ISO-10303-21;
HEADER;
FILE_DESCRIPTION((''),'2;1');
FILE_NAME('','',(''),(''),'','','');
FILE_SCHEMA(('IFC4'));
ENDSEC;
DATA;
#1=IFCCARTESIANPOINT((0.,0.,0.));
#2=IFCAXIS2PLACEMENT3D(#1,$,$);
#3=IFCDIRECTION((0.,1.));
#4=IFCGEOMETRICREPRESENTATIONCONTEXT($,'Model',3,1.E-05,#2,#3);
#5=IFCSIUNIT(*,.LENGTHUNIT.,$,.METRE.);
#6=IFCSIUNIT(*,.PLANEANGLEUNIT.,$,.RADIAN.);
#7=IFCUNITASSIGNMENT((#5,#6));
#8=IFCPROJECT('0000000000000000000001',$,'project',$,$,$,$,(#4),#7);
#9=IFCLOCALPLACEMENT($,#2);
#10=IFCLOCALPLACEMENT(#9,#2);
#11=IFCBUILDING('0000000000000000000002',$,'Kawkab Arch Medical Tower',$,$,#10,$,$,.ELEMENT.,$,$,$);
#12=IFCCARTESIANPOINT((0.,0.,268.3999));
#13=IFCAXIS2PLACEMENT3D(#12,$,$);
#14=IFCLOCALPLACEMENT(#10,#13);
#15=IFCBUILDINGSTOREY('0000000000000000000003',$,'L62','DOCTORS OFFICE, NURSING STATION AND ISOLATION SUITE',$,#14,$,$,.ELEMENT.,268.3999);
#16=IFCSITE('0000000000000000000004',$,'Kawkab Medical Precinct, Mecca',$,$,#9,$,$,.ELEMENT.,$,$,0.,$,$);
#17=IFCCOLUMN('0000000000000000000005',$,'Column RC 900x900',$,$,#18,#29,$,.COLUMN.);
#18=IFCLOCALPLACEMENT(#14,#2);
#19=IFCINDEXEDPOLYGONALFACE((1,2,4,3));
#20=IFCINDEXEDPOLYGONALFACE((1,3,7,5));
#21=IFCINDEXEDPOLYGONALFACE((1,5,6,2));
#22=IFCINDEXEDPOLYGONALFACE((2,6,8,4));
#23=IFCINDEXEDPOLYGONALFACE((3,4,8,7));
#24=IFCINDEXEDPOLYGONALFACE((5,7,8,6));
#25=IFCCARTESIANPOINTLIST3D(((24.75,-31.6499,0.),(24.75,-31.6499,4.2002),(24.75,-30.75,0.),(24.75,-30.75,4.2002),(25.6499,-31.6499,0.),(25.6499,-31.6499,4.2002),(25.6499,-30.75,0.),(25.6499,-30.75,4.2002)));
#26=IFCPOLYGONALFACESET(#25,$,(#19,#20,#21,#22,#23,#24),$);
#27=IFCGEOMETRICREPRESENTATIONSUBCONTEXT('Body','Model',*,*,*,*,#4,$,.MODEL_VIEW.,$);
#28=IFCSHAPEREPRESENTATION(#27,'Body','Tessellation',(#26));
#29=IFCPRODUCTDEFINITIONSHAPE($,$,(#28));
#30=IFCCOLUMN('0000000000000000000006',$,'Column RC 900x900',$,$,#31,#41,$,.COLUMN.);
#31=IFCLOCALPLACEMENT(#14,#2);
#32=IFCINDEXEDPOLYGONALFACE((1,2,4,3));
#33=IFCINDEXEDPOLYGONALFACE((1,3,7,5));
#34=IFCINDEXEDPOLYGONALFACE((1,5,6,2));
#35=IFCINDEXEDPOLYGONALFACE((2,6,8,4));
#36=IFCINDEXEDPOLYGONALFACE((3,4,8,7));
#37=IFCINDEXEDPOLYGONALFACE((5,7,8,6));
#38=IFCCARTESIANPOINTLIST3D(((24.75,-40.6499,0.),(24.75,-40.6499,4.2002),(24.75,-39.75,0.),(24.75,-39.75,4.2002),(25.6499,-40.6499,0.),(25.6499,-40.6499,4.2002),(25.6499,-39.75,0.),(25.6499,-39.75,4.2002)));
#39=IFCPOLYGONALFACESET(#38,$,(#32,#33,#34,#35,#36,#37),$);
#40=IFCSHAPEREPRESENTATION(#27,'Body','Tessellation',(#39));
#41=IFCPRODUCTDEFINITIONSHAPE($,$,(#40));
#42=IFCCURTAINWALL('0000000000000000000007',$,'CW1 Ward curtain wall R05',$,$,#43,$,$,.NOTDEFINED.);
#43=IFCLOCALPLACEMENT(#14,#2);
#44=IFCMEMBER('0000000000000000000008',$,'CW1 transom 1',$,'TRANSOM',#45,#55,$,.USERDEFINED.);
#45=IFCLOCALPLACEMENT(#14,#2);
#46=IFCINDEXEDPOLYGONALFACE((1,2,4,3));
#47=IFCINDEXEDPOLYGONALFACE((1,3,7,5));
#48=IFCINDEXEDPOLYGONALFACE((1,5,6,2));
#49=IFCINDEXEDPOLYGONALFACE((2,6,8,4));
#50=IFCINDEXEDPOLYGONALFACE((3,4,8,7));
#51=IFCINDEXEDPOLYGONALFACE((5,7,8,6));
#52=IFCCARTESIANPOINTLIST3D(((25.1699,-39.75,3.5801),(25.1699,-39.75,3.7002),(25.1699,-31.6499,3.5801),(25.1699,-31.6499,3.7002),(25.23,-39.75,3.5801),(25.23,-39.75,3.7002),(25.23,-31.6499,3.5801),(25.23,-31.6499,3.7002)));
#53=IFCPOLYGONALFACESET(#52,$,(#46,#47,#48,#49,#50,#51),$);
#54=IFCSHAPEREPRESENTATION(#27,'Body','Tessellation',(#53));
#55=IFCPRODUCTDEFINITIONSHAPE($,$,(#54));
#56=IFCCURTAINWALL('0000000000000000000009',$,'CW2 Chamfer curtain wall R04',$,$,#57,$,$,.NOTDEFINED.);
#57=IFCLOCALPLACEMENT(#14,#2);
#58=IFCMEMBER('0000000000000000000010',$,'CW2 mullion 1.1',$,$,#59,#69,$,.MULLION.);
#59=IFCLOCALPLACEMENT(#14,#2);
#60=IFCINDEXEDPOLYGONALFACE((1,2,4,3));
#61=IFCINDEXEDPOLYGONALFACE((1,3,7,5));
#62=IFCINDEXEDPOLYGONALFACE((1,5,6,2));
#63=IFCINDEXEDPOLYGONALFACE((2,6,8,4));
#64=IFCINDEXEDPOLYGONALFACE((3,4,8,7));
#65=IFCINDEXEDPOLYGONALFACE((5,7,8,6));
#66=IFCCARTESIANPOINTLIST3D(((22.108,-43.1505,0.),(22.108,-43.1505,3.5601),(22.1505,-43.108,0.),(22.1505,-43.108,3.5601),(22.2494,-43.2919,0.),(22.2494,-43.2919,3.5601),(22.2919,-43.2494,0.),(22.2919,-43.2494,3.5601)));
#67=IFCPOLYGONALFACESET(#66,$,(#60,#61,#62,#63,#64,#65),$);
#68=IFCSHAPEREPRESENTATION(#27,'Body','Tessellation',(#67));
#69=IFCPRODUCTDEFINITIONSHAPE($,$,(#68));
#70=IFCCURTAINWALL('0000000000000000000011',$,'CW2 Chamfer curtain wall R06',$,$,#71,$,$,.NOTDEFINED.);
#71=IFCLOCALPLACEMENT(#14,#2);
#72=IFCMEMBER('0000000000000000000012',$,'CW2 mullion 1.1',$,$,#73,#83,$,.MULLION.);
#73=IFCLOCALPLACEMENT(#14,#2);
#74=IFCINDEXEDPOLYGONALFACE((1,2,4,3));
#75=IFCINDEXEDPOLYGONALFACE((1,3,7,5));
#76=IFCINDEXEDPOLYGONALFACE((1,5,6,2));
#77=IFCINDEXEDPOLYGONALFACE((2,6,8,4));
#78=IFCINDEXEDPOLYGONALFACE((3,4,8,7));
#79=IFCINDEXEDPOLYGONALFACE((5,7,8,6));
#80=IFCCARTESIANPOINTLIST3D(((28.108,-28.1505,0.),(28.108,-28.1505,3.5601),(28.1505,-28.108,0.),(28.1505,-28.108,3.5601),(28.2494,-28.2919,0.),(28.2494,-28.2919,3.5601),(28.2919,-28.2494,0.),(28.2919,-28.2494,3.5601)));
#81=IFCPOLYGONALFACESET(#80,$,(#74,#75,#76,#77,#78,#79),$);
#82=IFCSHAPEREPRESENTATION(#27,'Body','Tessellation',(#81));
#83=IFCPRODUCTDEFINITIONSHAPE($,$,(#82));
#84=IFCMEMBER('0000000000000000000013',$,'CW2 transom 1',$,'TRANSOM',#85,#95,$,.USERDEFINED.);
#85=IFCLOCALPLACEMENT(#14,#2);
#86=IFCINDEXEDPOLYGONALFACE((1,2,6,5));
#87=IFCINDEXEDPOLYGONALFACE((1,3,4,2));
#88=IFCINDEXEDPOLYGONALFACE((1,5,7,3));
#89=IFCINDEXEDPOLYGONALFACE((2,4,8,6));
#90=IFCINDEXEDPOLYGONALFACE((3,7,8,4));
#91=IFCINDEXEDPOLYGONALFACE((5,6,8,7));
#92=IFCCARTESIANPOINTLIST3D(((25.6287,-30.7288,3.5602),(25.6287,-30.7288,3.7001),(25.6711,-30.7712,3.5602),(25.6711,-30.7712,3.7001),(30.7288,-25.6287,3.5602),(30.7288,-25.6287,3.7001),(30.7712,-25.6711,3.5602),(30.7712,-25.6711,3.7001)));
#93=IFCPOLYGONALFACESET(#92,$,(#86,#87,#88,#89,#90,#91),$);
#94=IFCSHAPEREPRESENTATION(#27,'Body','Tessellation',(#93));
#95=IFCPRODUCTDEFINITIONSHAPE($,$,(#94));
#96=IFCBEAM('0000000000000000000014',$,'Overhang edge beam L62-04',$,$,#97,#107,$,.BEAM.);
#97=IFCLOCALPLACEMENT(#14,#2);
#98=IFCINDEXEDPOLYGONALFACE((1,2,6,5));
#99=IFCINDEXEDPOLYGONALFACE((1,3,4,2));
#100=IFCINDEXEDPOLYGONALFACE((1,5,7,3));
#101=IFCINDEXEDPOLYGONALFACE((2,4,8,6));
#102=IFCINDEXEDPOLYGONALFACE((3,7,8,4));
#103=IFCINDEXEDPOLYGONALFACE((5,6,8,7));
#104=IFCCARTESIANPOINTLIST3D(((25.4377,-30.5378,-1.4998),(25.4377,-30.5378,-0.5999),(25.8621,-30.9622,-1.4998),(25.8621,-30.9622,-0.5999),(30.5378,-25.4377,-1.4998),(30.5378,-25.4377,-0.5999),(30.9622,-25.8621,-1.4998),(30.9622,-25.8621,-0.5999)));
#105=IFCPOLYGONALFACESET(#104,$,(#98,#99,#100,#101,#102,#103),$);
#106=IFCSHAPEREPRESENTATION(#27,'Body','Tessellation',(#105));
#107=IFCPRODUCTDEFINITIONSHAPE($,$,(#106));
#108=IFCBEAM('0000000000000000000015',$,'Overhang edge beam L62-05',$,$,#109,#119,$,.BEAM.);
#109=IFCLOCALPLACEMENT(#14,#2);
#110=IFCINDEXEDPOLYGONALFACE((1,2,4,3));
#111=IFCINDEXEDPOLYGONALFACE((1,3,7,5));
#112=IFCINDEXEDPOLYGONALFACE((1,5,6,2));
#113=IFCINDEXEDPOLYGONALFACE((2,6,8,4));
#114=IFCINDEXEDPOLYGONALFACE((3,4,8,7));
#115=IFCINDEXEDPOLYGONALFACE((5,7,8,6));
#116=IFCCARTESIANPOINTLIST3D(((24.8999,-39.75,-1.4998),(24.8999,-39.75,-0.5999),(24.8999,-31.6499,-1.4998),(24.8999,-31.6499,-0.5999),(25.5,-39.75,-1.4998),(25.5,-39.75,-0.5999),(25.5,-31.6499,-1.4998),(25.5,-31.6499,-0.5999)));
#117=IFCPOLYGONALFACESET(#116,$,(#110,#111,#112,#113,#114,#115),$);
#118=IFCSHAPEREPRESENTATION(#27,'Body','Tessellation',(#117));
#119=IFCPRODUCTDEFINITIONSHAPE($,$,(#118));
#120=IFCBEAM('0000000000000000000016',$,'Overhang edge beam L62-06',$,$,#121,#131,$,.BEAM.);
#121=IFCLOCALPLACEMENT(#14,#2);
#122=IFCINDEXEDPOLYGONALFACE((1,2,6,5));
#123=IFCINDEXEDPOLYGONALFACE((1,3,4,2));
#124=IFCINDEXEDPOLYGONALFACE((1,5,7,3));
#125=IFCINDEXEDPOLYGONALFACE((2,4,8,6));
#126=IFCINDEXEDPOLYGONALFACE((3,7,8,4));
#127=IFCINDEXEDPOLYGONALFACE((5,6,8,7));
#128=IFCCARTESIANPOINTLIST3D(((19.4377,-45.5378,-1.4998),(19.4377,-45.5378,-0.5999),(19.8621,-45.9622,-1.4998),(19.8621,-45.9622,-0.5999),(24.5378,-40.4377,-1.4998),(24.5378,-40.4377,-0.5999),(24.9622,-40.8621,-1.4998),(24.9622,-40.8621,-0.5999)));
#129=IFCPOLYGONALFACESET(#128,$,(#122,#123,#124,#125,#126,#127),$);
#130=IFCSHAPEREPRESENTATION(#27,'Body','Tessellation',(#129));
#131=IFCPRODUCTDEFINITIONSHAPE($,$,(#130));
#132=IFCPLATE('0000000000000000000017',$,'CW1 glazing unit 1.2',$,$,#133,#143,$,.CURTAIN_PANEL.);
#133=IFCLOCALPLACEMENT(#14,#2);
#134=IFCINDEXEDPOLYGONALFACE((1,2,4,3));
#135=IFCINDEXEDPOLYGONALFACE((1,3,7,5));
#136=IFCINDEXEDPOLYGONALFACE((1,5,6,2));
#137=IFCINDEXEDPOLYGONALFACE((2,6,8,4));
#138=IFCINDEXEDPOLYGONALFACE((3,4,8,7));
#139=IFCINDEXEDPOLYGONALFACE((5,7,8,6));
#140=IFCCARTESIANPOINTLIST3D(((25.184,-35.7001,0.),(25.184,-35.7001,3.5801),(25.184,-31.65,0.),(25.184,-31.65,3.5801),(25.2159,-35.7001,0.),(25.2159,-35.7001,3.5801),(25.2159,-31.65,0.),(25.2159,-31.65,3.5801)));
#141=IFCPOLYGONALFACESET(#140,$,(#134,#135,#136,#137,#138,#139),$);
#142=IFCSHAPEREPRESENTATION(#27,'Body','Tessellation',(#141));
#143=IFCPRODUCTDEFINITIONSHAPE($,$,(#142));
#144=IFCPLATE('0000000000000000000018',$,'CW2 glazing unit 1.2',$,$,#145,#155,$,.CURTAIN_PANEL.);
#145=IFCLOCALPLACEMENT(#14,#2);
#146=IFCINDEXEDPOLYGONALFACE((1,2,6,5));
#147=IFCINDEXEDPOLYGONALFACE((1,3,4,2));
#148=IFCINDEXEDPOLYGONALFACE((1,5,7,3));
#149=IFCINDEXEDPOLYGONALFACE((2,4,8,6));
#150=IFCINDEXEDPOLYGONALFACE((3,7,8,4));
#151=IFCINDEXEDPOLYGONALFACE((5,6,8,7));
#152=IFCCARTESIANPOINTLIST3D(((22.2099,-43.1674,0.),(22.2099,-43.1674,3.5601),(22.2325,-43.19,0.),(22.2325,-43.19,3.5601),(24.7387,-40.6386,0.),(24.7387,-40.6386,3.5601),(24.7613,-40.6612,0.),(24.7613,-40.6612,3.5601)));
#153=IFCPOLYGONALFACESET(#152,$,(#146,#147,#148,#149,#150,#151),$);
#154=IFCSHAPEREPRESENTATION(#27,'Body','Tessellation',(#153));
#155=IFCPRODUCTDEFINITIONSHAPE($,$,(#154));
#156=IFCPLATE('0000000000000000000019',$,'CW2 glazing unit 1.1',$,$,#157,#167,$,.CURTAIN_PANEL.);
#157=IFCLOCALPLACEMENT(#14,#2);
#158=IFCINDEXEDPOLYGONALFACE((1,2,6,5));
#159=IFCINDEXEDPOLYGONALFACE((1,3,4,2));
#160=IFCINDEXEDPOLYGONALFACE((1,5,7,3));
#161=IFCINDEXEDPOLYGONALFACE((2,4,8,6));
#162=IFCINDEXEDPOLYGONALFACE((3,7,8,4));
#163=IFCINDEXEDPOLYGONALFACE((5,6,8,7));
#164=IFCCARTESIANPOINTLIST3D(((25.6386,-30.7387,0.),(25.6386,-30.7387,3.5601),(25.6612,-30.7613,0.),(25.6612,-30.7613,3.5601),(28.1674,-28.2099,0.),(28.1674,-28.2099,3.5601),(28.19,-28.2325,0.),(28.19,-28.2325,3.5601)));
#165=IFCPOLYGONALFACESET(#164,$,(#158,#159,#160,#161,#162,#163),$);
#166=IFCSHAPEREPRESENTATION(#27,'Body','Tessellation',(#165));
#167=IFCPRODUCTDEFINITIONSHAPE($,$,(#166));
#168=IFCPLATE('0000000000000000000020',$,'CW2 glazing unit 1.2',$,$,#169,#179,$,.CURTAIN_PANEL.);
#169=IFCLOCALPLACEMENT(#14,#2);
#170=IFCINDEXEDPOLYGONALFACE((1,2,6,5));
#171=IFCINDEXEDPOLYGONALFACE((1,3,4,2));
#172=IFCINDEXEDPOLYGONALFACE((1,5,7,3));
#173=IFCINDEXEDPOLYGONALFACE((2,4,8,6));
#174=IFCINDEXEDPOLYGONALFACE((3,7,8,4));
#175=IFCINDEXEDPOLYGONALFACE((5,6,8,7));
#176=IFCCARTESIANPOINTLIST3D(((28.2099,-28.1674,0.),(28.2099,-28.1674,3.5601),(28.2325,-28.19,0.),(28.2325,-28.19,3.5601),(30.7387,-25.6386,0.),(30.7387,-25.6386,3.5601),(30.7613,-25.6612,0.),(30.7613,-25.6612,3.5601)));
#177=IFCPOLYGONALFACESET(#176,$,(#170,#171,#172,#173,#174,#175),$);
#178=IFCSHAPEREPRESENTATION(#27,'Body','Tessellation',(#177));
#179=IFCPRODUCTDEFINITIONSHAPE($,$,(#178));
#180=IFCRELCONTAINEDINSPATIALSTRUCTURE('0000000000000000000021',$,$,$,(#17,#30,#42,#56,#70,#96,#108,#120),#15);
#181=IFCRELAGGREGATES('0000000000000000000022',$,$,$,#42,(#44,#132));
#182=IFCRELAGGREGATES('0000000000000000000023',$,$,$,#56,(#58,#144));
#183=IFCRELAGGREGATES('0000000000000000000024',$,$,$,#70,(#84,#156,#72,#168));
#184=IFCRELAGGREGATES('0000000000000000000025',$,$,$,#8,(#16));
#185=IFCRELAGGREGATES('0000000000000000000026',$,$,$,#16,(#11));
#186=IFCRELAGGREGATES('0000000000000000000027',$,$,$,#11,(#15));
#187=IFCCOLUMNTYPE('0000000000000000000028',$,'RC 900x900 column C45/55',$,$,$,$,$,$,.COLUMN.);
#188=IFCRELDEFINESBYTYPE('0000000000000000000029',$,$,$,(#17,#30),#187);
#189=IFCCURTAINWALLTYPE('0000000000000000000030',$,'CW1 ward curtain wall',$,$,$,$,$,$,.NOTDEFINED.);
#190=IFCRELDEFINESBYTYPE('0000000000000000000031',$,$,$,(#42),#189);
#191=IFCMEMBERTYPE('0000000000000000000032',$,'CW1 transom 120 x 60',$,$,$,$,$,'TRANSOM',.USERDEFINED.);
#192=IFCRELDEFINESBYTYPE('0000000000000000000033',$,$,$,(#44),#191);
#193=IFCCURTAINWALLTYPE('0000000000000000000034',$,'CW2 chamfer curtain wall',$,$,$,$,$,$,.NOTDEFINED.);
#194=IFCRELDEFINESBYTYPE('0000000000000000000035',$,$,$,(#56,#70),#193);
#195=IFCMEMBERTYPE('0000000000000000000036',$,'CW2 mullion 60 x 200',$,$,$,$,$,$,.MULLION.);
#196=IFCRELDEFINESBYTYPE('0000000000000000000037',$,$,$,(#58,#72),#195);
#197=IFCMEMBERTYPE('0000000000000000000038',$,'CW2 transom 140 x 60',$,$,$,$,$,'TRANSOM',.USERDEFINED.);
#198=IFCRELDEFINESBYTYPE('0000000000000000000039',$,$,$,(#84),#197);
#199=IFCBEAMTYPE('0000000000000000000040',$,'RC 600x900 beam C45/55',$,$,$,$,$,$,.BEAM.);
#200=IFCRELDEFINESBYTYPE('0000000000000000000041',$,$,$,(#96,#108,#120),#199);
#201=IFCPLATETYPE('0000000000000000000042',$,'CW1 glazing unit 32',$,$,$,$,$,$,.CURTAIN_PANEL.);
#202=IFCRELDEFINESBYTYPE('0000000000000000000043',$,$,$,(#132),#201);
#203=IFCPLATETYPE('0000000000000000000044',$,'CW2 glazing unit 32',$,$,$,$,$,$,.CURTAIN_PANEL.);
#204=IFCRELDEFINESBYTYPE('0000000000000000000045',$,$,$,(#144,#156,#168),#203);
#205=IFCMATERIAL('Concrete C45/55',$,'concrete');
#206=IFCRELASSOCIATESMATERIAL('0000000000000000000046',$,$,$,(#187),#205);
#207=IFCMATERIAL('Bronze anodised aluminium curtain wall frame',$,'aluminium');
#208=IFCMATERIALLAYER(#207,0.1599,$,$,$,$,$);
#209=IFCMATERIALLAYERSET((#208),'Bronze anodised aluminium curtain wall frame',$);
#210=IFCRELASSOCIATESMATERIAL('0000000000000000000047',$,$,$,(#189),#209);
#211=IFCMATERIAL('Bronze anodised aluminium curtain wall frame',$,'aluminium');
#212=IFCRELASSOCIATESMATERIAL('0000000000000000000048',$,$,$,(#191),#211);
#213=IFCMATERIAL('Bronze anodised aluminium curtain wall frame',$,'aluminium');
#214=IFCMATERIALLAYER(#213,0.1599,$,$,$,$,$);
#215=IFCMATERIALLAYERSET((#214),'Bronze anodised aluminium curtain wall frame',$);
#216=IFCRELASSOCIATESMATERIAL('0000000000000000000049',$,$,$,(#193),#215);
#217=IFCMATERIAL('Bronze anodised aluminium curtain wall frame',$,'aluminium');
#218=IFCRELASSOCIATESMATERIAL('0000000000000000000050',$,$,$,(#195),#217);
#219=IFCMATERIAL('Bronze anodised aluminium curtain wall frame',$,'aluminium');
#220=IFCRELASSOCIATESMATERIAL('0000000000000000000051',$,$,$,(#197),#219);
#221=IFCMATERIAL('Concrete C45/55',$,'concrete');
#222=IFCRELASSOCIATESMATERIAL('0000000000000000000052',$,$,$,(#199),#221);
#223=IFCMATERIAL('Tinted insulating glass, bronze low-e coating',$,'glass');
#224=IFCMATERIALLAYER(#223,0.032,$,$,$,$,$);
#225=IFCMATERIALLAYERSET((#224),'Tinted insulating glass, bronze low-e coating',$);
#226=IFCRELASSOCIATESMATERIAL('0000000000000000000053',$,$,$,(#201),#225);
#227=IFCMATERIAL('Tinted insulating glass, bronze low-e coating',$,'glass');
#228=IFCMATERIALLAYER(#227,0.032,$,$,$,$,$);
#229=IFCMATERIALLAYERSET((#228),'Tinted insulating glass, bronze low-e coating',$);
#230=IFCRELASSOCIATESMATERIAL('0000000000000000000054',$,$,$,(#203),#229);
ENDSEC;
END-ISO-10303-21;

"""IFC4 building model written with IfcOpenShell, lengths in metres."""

from ifc_helpers import new_model, si_unit, direction, frame, origin, origin_2d, place, context, subcontext, project, spatial, rectangle, extrude, material, layer, layer_set, material_profile, profile_set, type_object, element, aggregate, save


model = new_model("IFC4")

# Units and contexts
model_context = context("Model", 3, precision=1e-05, world=origin(), true_north=direction((0.0, 1.0)))
body_context = subcontext(model_context, "Body", "Model", "MODEL_VIEW")
ifc_project = project(units=[si_unit("LENGTHUNIT", "METRE"), si_unit("PLANEANGLEUNIT", "RADIAN")], contexts=[model_context])

# Site, building, storey
site_placement = place(None, origin())
site = spatial("IfcSite", under=ifc_project, at=site_placement, Name="Kawkab Medical Precinct, Mecca", CompositionType="ELEMENT", RefElevation=0.0)
building_placement = place(site_placement, origin())
building = spatial("IfcBuilding", under=site, at=building_placement, Name="Kawkab Arch Medical Tower", CompositionType="ELEMENT")
storey_placement = place(building_placement, frame((0.0, 0.0, 268.3999)))
storey = spatial("IfcBuildingStorey", under=building, at=storey_placement, Name="L62", Description="DOCTORS OFFICE, NURSING STATION AND ISOLATION SUITE", CompositionType="ELEMENT", Elevation=268.3999)

# Columns
ifc_material_1 = material(Name="Concrete C45/55", Category="concrete")
ifc_material_profile_1 = material_profile(ifc_material_1, rectangle(XDim=0.8999, YDim=0.8999, at=origin_2d()), Name="RC 900x900")
ifc_profile_set_1 = profile_set([ifc_material_profile_1], Name="Concrete C45/55")
column_type = type_object("IfcColumnType", Name="RC 900x900 column C45/55", PredefinedType="COLUMN", material=ifc_profile_set_1)
for number, where, z_axis, x_axis, name in (
    (1, (25.2, -31.2, 0.0), (0.0, 0.0, 1.0), (1.0, 0.0, 0.0), "Column RC 900x900"),
    (2, (25.2, -40.2, 0.0), (0.0, 0.0, 1.0), (1.0, 0.0, 0.0), "Column RC 900x900"),
):
    element("IfcColumn", number, at=place(storey_placement, frame(where, z_axis=z_axis, x_axis=x_axis)), inside=storey, type_object=column_type, Name=name, PredefinedType="COLUMN", context=body_context, shape_type="SweptSolid", body=[
        extrude(rectangle(XDim=0.8999, YDim=0.8999, at=origin_2d()), origin(), (0.0, 0.0, 1.0), 4.2002),
    ])

# Curtain walls, members
ifc_material_2 = material(Name="Bronze anodised aluminium curtain wall frame", Category="aluminium")
ifc_layer_1 = layer(ifc_material_2, 0.1599)
ifc_layer_set_1 = layer_set([ifc_layer_1], Name="Bronze anodised aluminium curtain wall frame")
curtain_wall_type_1 = type_object("IfcCurtainWallType", Name="CW1 ward curtain wall", PredefinedType="NOTDEFINED", material=ifc_layer_set_1)
placement = place(storey_placement, origin())
curtain_wall_1 = element("IfcCurtainWall", 3, at=placement, inside=storey, type_object=curtain_wall_type_1, Name="CW1 Ward curtain wall R05", PredefinedType="NOTDEFINED")
ifc_material_3 = material(Name="Bronze anodised aluminium curtain wall frame", Category="aluminium")
ifc_material_profile_2 = material_profile(ifc_material_3, rectangle(XDim=0.0601, YDim=0.1201, at=origin_2d()), Name="AL 60x120")
ifc_profile_set_2 = profile_set([ifc_material_profile_2], Name="Bronze anodised aluminium curtain wall frame")
member_type_1 = type_object("IfcMemberType", Name="CW1 transom 120 x 60", ElementType="TRANSOM", PredefinedType="USERDEFINED", material=ifc_profile_set_2)
member_1_placement = place(storey_placement, frame((25.2, -39.75, 3.6401), z_axis=(0.0, 1.0, 0.0), x_axis=(-1.0, 0.0, 0.0)))
member_1 = element("IfcMember", 4, at=member_1_placement, type_object=member_type_1, Name="CW1 transom 1", ObjectType="TRANSOM", PredefinedType="USERDEFINED", context=body_context, shape_type="SweptSolid", body=[
    extrude(rectangle(XDim=0.0601, YDim=0.1201, at=origin_2d()), origin(), (0.0, 0.0, 1.0), 8.1001),
])
ifc_material_4 = material(Name="Bronze anodised aluminium curtain wall frame", Category="aluminium")
ifc_layer_2 = layer(ifc_material_4, 0.1599)
ifc_layer_set_2 = layer_set([ifc_layer_2], Name="Bronze anodised aluminium curtain wall frame")
curtain_wall_type_2 = type_object("IfcCurtainWallType", Name="CW2 chamfer curtain wall", PredefinedType="NOTDEFINED", material=ifc_layer_set_2)
curtain_wall_2 = element("IfcCurtainWall", 5, at=placement, inside=storey, type_object=curtain_wall_type_2, Name="CW2 Chamfer curtain wall R04", PredefinedType="NOTDEFINED")
ifc_material_5 = material(Name="Bronze anodised aluminium curtain wall frame", Category="aluminium")
ifc_material_profile_3 = material_profile(ifc_material_5, rectangle(XDim=0.2, YDim=0.0601, at=origin_2d()), Name="AL 60x200")
ifc_profile_set_3 = profile_set([ifc_material_profile_3], Name="Bronze anodised aluminium curtain wall frame")
member_type_2 = type_object("IfcMemberType", Name="CW2 mullion 60 x 200", PredefinedType="MULLION", material=ifc_profile_set_3)
member_2_placement = place(storey_placement, frame((22.2, -43.2, 0.0), z_axis=(0.0, 0.0, 1.0), x_axis=(-0.707107, 0.707107, 0.0)))
member_2 = element("IfcMember", 6, at=member_2_placement, type_object=member_type_2, Name="CW2 mullion 1.1", PredefinedType="MULLION", context=body_context, shape_type="SweptSolid", body=[
    extrude(rectangle(XDim=0.2, YDim=0.0601, at=origin_2d()), origin(), (0.0, 0.0, 1.0), 3.5601),
])

# Curtain wall, members
curtain_wall_3 = element("IfcCurtainWall", 7, at=placement, inside=storey, type_object=curtain_wall_type_2, Name="CW2 Chamfer curtain wall R06", PredefinedType="NOTDEFINED")
member_3_placement = place(storey_placement, frame((28.2, -28.2, 0.0), z_axis=(0.0, 0.0, 1.0), x_axis=(-0.707107, 0.707107, 0.0)))
member_3 = element("IfcMember", 8, at=member_3_placement, type_object=member_type_2, Name="CW2 mullion 1.1", PredefinedType="MULLION", context=body_context, shape_type="SweptSolid", body=[
    extrude(rectangle(XDim=0.2, YDim=0.0601, at=origin_2d()), origin(), (0.0, 0.0, 1.0), 3.5601),
])
ifc_material_6 = material(Name="Bronze anodised aluminium curtain wall frame", Category="aluminium")
ifc_material_profile_4 = material_profile(ifc_material_6, rectangle(XDim=0.0601, YDim=0.1399, at=origin_2d()), Name="AL 60x140")
ifc_profile_set_4 = profile_set([ifc_material_profile_4], Name="Bronze anodised aluminium curtain wall frame")
member_type_3 = type_object("IfcMemberType", Name="CW2 transom 140 x 60", ElementType="TRANSOM", PredefinedType="USERDEFINED", material=ifc_profile_set_4)
member_4_placement = place(storey_placement, frame((25.6499, -30.75, 3.6301), z_axis=(0.707107, 0.707107, 0.0), x_axis=(-0.707107, 0.707107, 0.0)))
member_4 = element("IfcMember", 9, at=member_4_placement, type_object=member_type_3, Name="CW2 transom 1", ObjectType="TRANSOM", PredefinedType="USERDEFINED", context=body_context, shape_type="SweptSolid", body=[
    extrude(rectangle(XDim=0.0601, YDim=0.1399, at=origin_2d()), origin(), (0.0, 0.0, 1.0), 7.2126),
])

# Beams
ifc_material_7 = material(Name="Concrete C45/55", Category="concrete")
ifc_material_profile_5 = material_profile(ifc_material_7, rectangle(XDim=0.6001, YDim=0.8999, at=origin_2d()), Name="RC 600x900")
ifc_profile_set_5 = profile_set([ifc_material_profile_5], Name="Concrete C45/55")
beam_type = type_object("IfcBeamType", Name="RC 600x900 beam C45/55", PredefinedType="BEAM", material=ifc_profile_set_5)
beam_1_placement = place(storey_placement, frame((30.75, -25.6499, -1.0498), z_axis=(-0.707107, -0.707107, 0.0), x_axis=(0.707107, -0.707107, 0.0)))
element("IfcBeam", 10, at=beam_1_placement, inside=storey, type_object=beam_type, Name="Overhang edge beam L62-04", PredefinedType="BEAM", context=body_context, shape_type="SweptSolid", body=[
    extrude(rectangle(XDim=0.6001, YDim=0.8999, at=origin_2d()), origin(), (0.0, 0.0, 1.0), 7.2126),
])
beam_2_placement = place(storey_placement, frame((25.2, -31.6499, -1.0498), z_axis=(0.0, -1.0, 0.0), x_axis=(1.0, 0.0, 0.0)))
element("IfcBeam", 11, at=beam_2_placement, inside=storey, type_object=beam_type, Name="Overhang edge beam L62-05", PredefinedType="BEAM", context=body_context, shape_type="SweptSolid", body=[
    extrude(rectangle(XDim=0.6001, YDim=0.8999, at=origin_2d()), origin(), (0.0, 0.0, 1.0), 8.1001),
])
beam_3_placement = place(storey_placement, frame((24.75, -40.6499, -1.0498), z_axis=(-0.707107, -0.707107, 0.0), x_axis=(0.707107, -0.707107, 0.0)))
element("IfcBeam", 12, at=beam_3_placement, inside=storey, type_object=beam_type, Name="Overhang edge beam L62-06", PredefinedType="BEAM", context=body_context, shape_type="SweptSolid", body=[
    extrude(rectangle(XDim=0.6001, YDim=0.8999, at=origin_2d()), origin(), (0.0, 0.0, 1.0), 7.2126),
])

# Plates
ifc_material_8 = material(Name="Tinted insulating glass, bronze low-e coating", Category="glass")
ifc_layer_3 = layer(ifc_material_8, 0.032)
ifc_layer_set_3 = layer_set([ifc_layer_3], Name="Tinted insulating glass, bronze low-e coating")
plate_type_1 = type_object("IfcPlateType", Name="CW1 glazing unit 32", PredefinedType="CURTAIN_PANEL", material=ifc_layer_set_3)
plate_1_placement = place(storey_placement, frame((25.2, -33.675, 0.0), z_axis=(0.0, 0.0, 1.0), x_axis=(0.0, 1.0, 0.0)))
plate_1 = element("IfcPlate", 13, at=plate_1_placement, type_object=plate_type_1, Name="CW1 glazing unit 1.2", PredefinedType="CURTAIN_PANEL", context=body_context, shape_type="SweptSolid", body=[
    extrude(rectangle(XDim=4.05, YDim=0.032, at=origin_2d()), origin(), (0.0, 0.0, 1.0), 3.5801),
])
aggregate(curtain_wall_1, [member_1, plate_1])
ifc_material_9 = material(Name="Tinted insulating glass, bronze low-e coating", Category="glass")
ifc_layer_4 = layer(ifc_material_9, 0.032)
ifc_layer_set_4 = layer_set([ifc_layer_4], Name="Tinted insulating glass, bronze low-e coating")
plate_type_2 = type_object("IfcPlateType", Name="CW2 glazing unit 32", PredefinedType="CURTAIN_PANEL", material=ifc_layer_set_4)
plate_2_placement = place(storey_placement, frame((23.4856, -41.9143, 0.0), z_axis=(0.0, 0.0, 1.0), x_axis=(0.707107, 0.707107, 0.0)))
plate_2 = element("IfcPlate", 14, at=plate_2_placement, type_object=plate_type_2, Name="CW2 glazing unit 1.2", PredefinedType="CURTAIN_PANEL", context=body_context, shape_type="SweptSolid", body=[
    extrude(rectangle(XDim=3.5762, YDim=0.032, at=origin_2d()), origin(), (0.0, 0.0, 1.0), 3.5601),
])
aggregate(curtain_wall_2, [member_2, plate_2])
plate_3_placement = place(storey_placement, frame((26.9143, -29.4856, 0.0), z_axis=(0.0, 0.0, 1.0), x_axis=(0.707107, 0.707107, 0.0)))
plate_3 = element("IfcPlate", 15, at=plate_3_placement, type_object=plate_type_2, Name="CW2 glazing unit 1.1", PredefinedType="CURTAIN_PANEL", context=body_context, shape_type="SweptSolid", body=[
    extrude(rectangle(XDim=3.5762, YDim=0.032, at=origin_2d()), origin(), (0.0, 0.0, 1.0), 3.5601),
])
plate_4_placement = place(storey_placement, frame((29.4856, -26.9143, 0.0), z_axis=(0.0, 0.0, 1.0), x_axis=(0.707107, 0.707107, 0.0)))
plate_4 = element("IfcPlate", 16, at=plate_4_placement, type_object=plate_type_2, Name="CW2 glazing unit 1.2", PredefinedType="CURTAIN_PANEL", context=body_context, shape_type="SweptSolid", body=[
    extrude(rectangle(XDim=3.5762, YDim=0.032, at=origin_2d()), origin(), (0.0, 0.0, 1.0), 3.5601),
])
aggregate(curtain_wall_3, [member_4, plate_3, member_3, plate_4])

save(model, "model.ifc")
